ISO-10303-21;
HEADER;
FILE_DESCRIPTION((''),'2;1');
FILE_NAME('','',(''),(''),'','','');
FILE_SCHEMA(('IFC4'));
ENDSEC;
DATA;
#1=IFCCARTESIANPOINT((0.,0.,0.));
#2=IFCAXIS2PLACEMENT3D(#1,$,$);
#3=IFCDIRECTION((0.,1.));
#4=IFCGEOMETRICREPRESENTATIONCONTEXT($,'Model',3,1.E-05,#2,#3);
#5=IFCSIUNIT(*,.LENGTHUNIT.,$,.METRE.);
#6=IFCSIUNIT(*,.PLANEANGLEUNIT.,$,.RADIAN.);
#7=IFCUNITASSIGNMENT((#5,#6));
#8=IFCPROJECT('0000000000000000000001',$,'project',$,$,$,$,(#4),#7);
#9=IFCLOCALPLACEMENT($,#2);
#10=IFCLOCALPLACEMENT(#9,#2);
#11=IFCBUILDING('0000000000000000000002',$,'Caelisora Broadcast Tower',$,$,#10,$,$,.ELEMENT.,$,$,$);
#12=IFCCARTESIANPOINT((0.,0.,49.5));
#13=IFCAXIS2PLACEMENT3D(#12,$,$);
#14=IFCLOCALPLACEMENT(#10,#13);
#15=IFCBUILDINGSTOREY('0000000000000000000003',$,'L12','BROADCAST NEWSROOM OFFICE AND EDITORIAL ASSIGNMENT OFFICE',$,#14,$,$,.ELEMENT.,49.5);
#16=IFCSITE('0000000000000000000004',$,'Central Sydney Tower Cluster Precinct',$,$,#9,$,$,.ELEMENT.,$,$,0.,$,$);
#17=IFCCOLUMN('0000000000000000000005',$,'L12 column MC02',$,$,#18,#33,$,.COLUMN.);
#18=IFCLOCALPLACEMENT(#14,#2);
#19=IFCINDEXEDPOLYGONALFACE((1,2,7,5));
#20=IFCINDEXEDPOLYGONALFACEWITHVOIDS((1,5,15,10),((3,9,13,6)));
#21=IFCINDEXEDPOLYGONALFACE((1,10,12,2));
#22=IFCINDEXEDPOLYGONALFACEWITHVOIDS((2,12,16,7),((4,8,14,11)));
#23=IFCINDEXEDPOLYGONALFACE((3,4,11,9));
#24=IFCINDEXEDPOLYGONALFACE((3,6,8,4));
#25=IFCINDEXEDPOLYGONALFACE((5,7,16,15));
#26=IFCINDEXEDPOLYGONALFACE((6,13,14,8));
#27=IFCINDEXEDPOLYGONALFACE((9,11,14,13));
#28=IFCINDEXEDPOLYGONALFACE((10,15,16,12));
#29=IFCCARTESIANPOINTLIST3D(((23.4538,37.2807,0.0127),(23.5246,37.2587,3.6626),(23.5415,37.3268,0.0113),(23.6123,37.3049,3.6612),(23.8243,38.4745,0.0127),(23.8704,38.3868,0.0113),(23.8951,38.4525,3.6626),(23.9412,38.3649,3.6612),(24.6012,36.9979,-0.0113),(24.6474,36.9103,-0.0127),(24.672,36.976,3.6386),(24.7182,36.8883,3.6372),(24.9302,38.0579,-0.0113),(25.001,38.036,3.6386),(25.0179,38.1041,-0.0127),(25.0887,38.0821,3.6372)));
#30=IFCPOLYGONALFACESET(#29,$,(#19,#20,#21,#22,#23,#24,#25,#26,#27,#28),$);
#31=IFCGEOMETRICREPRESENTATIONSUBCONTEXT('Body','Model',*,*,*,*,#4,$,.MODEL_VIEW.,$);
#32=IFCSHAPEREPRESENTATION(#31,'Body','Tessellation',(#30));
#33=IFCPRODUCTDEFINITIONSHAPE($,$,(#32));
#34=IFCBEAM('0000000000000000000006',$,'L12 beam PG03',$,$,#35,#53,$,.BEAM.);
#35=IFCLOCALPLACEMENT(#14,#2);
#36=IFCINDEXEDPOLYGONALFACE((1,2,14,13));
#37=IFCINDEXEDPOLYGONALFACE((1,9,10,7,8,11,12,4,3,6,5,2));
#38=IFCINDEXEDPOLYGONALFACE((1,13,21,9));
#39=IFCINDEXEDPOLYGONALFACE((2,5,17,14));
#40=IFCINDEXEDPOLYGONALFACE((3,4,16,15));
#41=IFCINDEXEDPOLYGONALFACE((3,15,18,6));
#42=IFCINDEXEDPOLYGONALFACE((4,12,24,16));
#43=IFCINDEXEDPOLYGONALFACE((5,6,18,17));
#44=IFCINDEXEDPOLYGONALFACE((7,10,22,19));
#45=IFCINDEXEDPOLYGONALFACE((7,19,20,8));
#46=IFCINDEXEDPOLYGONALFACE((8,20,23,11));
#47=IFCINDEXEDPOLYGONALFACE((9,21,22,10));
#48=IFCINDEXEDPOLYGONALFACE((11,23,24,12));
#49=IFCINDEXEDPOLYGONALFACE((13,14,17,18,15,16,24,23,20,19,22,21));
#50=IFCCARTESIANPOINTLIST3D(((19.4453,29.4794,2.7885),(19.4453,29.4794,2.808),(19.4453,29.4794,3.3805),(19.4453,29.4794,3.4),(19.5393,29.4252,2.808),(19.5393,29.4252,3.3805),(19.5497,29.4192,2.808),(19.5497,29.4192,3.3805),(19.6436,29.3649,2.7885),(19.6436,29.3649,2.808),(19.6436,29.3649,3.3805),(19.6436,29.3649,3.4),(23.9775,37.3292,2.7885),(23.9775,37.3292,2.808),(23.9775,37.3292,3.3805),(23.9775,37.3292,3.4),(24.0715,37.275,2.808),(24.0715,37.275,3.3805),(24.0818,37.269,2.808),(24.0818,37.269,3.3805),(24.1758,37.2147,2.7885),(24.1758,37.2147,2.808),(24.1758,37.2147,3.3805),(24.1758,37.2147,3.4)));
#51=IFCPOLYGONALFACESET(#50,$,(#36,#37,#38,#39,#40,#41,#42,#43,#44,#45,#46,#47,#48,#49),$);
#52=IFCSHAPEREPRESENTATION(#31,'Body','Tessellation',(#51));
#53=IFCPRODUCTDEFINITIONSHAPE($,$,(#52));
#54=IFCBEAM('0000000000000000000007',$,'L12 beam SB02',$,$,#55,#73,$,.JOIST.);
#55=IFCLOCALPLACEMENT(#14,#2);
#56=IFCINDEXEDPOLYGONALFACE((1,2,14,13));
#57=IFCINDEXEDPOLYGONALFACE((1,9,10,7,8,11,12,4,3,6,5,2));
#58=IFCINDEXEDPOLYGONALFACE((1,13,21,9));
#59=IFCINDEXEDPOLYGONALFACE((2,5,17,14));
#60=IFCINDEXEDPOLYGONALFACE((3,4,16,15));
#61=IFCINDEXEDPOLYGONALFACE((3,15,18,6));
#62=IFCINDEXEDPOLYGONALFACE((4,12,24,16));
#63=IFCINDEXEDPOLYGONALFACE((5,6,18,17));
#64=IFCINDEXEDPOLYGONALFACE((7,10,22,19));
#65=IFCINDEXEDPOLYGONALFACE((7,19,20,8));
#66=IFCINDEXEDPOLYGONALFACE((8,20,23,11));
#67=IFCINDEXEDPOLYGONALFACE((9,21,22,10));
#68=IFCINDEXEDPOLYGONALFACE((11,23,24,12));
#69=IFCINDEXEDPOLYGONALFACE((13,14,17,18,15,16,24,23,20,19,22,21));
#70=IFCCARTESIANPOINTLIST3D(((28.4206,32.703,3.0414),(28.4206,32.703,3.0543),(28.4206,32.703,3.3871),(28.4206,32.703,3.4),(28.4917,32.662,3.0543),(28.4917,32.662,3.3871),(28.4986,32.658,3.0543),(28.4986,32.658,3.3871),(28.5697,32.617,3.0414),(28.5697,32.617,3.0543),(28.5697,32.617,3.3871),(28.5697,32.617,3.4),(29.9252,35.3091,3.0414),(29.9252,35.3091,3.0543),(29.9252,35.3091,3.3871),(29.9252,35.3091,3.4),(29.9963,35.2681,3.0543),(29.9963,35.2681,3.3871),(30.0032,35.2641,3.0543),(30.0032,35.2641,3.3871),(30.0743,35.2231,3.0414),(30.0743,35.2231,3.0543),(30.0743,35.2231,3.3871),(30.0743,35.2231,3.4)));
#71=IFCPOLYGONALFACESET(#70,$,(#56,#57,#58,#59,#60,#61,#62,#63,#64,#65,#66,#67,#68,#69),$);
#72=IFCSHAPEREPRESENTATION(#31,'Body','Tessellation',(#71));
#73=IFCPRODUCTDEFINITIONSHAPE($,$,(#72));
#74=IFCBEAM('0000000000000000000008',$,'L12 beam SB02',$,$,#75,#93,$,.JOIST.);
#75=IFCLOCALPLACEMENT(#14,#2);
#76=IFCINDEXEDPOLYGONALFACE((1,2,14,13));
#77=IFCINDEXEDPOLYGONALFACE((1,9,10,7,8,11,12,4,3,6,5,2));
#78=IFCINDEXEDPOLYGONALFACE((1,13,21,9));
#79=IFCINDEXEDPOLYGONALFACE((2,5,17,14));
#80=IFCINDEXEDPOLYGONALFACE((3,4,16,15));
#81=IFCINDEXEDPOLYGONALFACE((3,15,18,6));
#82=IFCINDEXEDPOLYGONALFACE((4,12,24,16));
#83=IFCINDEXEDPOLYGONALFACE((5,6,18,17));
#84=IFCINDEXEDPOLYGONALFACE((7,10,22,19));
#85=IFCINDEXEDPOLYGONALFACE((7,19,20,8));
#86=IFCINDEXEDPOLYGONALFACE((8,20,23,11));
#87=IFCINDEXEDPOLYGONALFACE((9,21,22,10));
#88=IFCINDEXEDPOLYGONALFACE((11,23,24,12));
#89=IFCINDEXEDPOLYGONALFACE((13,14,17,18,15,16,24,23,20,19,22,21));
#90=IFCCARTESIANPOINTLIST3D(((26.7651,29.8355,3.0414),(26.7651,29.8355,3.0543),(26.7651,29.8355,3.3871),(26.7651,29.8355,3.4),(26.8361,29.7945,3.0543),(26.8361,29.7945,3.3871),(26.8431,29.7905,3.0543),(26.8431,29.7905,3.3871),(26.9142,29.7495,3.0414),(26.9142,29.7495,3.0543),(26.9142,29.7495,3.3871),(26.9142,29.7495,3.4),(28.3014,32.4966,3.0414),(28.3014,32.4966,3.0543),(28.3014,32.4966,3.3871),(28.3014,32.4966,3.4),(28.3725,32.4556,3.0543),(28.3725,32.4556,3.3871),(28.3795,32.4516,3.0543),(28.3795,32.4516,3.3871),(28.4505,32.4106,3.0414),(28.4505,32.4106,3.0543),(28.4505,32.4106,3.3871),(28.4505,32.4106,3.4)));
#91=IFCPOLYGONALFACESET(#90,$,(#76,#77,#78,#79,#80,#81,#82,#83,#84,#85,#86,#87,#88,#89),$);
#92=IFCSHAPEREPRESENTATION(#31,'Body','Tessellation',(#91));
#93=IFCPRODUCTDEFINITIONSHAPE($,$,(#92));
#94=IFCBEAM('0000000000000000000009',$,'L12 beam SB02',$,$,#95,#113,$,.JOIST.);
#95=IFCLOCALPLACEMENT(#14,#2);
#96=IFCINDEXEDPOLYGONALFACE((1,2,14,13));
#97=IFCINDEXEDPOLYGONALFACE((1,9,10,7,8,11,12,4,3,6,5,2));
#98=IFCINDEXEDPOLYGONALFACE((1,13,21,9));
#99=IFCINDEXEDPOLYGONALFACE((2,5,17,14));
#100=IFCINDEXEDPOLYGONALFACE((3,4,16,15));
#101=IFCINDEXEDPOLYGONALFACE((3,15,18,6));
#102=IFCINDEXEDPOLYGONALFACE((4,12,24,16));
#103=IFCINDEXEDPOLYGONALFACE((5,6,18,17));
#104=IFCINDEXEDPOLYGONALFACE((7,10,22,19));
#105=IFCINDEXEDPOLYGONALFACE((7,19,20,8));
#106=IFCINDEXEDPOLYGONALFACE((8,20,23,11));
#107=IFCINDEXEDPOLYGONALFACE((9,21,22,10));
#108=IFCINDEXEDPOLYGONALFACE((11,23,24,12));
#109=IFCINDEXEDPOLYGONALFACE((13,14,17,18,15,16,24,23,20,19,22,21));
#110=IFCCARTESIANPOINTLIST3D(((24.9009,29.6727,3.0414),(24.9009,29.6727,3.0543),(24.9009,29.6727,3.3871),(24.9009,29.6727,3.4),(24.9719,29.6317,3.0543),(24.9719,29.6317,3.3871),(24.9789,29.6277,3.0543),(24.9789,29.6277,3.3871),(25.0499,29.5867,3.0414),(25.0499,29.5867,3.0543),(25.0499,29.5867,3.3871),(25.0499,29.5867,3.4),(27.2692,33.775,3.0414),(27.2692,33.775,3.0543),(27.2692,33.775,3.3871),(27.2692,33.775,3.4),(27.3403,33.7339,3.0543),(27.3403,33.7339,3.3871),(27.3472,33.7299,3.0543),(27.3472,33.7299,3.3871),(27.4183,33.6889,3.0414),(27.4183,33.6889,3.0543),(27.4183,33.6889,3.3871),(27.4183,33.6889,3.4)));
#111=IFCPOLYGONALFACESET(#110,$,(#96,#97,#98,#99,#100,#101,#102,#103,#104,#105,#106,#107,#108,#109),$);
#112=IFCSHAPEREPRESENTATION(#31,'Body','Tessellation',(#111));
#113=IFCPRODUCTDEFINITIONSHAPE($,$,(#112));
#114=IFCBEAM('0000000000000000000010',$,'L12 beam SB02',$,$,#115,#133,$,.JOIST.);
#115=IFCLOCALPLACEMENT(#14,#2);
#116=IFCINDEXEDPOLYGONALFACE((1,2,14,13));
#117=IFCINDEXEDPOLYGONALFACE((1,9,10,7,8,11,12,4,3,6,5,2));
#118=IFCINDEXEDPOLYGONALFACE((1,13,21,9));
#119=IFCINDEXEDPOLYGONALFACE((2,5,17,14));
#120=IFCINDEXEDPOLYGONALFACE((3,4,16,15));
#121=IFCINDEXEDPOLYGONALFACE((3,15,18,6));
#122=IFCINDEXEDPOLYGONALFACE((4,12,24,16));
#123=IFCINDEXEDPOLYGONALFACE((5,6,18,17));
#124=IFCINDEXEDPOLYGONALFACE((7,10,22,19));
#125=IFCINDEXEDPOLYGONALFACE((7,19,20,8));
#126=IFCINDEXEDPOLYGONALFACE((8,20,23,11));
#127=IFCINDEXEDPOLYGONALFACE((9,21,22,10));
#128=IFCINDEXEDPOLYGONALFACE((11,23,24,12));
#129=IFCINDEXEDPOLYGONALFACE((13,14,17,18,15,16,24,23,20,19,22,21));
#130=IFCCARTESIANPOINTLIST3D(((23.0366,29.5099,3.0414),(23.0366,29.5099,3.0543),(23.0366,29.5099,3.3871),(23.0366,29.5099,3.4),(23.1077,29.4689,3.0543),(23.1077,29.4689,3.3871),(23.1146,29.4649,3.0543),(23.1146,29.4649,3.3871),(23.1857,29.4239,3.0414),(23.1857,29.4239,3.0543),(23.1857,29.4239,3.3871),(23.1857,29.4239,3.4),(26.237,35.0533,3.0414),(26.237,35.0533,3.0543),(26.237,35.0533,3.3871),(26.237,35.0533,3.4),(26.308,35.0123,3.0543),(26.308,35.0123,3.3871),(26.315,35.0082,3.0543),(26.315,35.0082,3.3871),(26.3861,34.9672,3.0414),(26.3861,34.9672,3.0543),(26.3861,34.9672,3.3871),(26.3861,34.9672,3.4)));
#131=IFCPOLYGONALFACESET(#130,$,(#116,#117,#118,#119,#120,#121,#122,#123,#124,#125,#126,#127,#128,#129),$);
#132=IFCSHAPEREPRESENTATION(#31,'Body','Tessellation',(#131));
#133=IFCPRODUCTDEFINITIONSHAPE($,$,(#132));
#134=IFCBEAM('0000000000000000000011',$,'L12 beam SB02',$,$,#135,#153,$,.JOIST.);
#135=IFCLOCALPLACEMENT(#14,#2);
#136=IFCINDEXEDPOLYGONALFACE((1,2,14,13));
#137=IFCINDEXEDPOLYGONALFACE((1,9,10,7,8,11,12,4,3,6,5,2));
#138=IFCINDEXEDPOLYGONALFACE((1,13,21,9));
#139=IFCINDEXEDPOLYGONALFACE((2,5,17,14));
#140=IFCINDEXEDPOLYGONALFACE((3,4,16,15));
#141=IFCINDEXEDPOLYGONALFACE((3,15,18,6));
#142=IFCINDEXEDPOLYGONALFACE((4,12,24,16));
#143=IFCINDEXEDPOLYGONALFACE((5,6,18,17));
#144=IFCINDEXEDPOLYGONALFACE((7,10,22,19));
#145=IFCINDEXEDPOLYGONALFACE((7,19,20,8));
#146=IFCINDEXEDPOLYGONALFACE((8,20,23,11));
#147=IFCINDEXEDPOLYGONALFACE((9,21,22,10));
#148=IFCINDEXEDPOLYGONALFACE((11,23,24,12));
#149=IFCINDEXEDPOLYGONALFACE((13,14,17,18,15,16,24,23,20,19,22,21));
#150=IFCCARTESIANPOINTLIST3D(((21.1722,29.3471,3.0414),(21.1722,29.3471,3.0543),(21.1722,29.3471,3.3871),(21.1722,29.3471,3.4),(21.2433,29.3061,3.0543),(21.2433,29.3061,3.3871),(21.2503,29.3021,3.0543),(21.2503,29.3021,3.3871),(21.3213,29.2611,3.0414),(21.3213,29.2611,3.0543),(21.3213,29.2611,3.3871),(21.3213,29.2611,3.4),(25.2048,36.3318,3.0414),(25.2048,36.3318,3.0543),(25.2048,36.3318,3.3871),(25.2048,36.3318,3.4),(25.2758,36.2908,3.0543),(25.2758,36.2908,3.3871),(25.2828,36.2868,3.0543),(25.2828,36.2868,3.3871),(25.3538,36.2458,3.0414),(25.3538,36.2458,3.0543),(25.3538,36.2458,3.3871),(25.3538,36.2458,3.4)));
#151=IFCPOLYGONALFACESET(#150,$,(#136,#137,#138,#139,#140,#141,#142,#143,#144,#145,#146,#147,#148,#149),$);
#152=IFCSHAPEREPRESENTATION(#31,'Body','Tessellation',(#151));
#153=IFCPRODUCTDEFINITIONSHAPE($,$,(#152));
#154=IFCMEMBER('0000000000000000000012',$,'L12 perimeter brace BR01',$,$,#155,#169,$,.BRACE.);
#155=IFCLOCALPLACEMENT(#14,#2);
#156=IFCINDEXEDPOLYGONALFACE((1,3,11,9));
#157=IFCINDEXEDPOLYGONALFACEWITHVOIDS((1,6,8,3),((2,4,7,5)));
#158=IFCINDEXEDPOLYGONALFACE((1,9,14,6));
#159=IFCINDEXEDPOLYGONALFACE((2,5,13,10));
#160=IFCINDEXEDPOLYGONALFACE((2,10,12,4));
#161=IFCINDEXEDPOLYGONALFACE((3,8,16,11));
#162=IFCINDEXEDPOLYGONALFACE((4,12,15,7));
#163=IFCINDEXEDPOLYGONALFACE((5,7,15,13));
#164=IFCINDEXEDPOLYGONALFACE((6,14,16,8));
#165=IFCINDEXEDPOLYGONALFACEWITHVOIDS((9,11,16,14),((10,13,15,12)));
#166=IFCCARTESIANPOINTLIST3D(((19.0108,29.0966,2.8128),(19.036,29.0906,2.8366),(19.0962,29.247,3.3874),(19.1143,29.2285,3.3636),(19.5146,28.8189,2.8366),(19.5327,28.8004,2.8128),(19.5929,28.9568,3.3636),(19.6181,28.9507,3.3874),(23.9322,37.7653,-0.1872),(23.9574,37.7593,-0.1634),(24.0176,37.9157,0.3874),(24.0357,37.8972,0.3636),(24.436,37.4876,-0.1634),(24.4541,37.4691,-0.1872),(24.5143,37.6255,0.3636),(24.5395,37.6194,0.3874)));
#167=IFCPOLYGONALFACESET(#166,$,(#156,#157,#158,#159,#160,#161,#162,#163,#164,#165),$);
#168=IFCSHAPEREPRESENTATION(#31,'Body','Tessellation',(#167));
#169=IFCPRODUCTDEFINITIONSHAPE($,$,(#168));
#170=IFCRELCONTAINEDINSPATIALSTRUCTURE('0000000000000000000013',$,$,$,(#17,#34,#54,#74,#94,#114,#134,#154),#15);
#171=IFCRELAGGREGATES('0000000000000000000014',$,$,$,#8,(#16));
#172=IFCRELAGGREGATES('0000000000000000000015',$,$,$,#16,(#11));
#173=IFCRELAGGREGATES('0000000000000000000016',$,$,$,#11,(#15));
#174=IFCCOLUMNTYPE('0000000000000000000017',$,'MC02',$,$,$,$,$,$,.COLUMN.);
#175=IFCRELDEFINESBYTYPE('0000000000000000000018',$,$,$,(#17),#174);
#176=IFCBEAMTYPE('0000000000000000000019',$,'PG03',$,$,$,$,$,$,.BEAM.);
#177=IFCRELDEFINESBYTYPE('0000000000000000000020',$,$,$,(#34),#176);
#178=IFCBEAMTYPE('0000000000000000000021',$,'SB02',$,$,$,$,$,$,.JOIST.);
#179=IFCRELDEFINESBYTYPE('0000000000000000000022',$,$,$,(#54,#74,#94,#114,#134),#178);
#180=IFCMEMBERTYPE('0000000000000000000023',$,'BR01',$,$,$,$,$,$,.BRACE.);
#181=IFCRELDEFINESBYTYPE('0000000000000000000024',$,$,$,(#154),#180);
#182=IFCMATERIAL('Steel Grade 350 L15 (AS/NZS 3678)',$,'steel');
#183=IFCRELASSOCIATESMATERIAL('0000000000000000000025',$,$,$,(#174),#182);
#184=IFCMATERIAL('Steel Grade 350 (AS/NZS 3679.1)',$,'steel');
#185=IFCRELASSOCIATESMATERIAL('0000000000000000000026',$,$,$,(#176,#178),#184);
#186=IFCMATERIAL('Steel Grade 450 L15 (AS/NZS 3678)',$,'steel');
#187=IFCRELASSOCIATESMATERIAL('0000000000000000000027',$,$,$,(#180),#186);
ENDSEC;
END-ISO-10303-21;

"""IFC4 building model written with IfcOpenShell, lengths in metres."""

from ifc_helpers import new_model, si_unit, direction, frame, origin, origin_2d, place, context, subcontext, project, spatial, hollow_rectangle, i_section, extrude, source, transform, mapped, material, material_profile, profile_set, type_object, type_shapes, element, save


model = new_model("IFC4")

# Units and contexts
model_context = context("Model", 3, precision=1e-05, world=origin(), true_north=direction((0.0, 1.0)))
body_context = subcontext(model_context, "Body", "Model", "MODEL_VIEW")
ifc_project = project(units=[si_unit("LENGTHUNIT", "METRE"), si_unit("PLANEANGLEUNIT", "RADIAN")], contexts=[model_context])

# Site, building, storey
site_placement = place(None, origin())
site = spatial("IfcSite", under=ifc_project, at=site_placement, Name="Central Sydney Tower Cluster Precinct", CompositionType="ELEMENT", RefElevation=0.0)
building_placement = place(site_placement, origin())
building = spatial("IfcBuilding", under=site, at=building_placement, Name="Caelisora Broadcast Tower", CompositionType="ELEMENT")
storey_placement = place(building_placement, frame((0.0, 0.0, 49.5)))
storey = spatial("IfcBuildingStorey", under=building, at=storey_placement, Name="L12", Description="BROADCAST NEWSROOM OFFICE AND EDITORIAL ASSIGNMENT OFFICE", CompositionType="ELEMENT", Elevation=49.5)

# Column
ifc_material_1 = material(Name="Steel Grade 350 L15 (AS/NZS 3678)", Category="steel")
ifc_material_profile_1 = material_profile(ifc_material_1, hollow_rectangle(XDim=1.25, YDim=1.25, WallThickness=0.0701, at=origin_2d()), Name="Steel Grade 350 L15 (AS/NZS 3678)")
ifc_profile_set_1 = profile_set([ifc_material_profile_1], Name="Steel Grade 350 L15 (AS/NZS 3678)")
column_type = type_object("IfcColumnType", Name="MC02", PredefinedType="COLUMN", material=ifc_profile_set_1)
shared_shape_1 = source(origin(), body_context, "Body", "SweptSolid", [
    extrude(hollow_rectangle(XDim=1.25, YDim=1.25, WallThickness=0.0701, at=origin_2d()), origin(), (0.0, 0.0, 1.0), 3.6506),
])
type_shapes(column_type, [shared_shape_1])
column_placement = place(storey_placement, frame((24.2358, 37.6924, 0.0), z_axis=(0.019394, -0.006019, 0.999794), x_axis=(0.296399, 0.955064, 0.0)))
element("IfcColumn", 1, at=column_placement, inside=storey, type_object=column_type, Name="L12 column MC02", PredefinedType="COLUMN", context=body_context, shape_type="MappedRepresentation", body=[
    mapped(shared_shape_1, transform((0.0, 0.0, 0.0), scale=1.0)),
])

# Beams
ifc_material_2 = material(Name="Steel Grade 350 (AS/NZS 3679.1)", Category="steel")
ifc_material_profile_2 = material_profile(ifc_material_2, i_section(OverallWidth=0.229, OverallDepth=0.6116, WebThickness=0.012, FlangeThickness=0.0195, at=origin_2d()), Name="Steel Grade 350 (AS/NZS 3679.1)")
ifc_profile_set_2 = profile_set([ifc_material_profile_2], Name="Steel Grade 350 (AS/NZS 3679.1)")
beam_type_1 = type_object("IfcBeamType", Name="PG03", PredefinedType="BEAM", material=ifc_profile_set_2)
shared_shape_2 = source(origin(), body_context, "Body", "SweptSolid", [
    extrude(i_section(OverallWidth=0.229, OverallDepth=0.6116, WebThickness=0.012, FlangeThickness=0.0195, at=origin_2d()), origin(), (0.0, 0.0, 1.0), 9.0642),
])
type_shapes(beam_type_1, [shared_shape_2])
beam_1_placement = place(storey_placement, frame((24.0767, 37.272, 3.0942), z_axis=(-0.500009, -0.86602, 0.0), x_axis=(0.86602, -0.500009, 0.0)))
element("IfcBeam", 2, at=beam_1_placement, inside=storey, type_object=beam_type_1, Name="L12 beam PG03", PredefinedType="BEAM", context=body_context, shape_type="MappedRepresentation", body=[
    mapped(shared_shape_2, transform((0.0, 0.0, 0.0), scale=1.0)),
])
ifc_material_profile_3 = material_profile(ifc_material_2, i_section(OverallWidth=0.1721, OverallDepth=0.3586, WebThickness=0.0081, FlangeThickness=0.0129, at=origin_2d()), Name="Steel Grade 350 (AS/NZS 3679.1)")
ifc_profile_set_3 = profile_set([ifc_material_profile_3], Name="Steel Grade 350 (AS/NZS 3679.1)")
beam_type_2 = type_object("IfcBeamType", Name="SB02", PredefinedType="JOIST", material=ifc_profile_set_3)
shared_shape_3 = source(origin(), body_context, "Body", "SweptSolid", [
    extrude(i_section(OverallWidth=0.1721, OverallDepth=0.3586, WebThickness=0.0081, FlangeThickness=0.0129, at=origin_2d()), origin(), (0.0, 0.0, 1.0), 3.0093),
])
beam_2_placement = place(storey_placement, frame((29.9998, 35.2661, 3.2207), z_axis=(-0.499987, -0.866033, 0.0), x_axis=(0.866033, -0.499987, 0.0)))
element("IfcBeam", 3, at=beam_2_placement, inside=storey, type_object=beam_type_2, Name="L12 beam SB02", PredefinedType="JOIST", context=body_context, shape_type="MappedRepresentation", body=[
    mapped(shared_shape_3, transform((0.0, 0.0, 0.0), scale=1.0)),
])
shared_shape_4 = source(origin(), body_context, "Body", "SweptSolid", [
    extrude(i_section(OverallWidth=0.1721, OverallDepth=0.3586, WebThickness=0.0081, FlangeThickness=0.0129, at=origin_2d()), origin(), (0.0, 0.0, 1.0), 3.0728),
])
beam_3_placement = place(storey_placement, frame((28.376, 32.4536, 3.2207), z_axis=(-0.499993, -0.866029, 0.0), x_axis=(0.866029, -0.499993, 0.0)))
element("IfcBeam", 4, at=beam_3_placement, inside=storey, type_object=beam_type_2, Name="L12 beam SB02", PredefinedType="JOIST", context=body_context, shape_type="MappedRepresentation", body=[
    mapped(shared_shape_4, transform((0.0, 0.0, 0.0), scale=1.0)),
])
shared_shape_5 = source(origin(), body_context, "Body", "SweptSolid", [
    extrude(i_section(OverallWidth=0.1721, OverallDepth=0.3586, WebThickness=0.0081, FlangeThickness=0.0129, at=origin_2d()), origin(), (0.0, 0.0, 1.0), 4.7368),
])
beam_4_placement = place(storey_placement, frame((27.3438, 33.7319, 3.2207), z_axis=(-0.499992, -0.86603, 0.0), x_axis=(0.86603, -0.499992, 0.0)))
element("IfcBeam", 5, at=beam_4_placement, inside=storey, type_object=beam_type_2, Name="L12 beam SB02", PredefinedType="JOIST", context=body_context, shape_type="MappedRepresentation", body=[
    mapped(shared_shape_5, transform((0.0, 0.0, 0.0), scale=1.0)),
])
shared_shape_6 = source(origin(), body_context, "Body", "SweptSolid", [
    extrude(i_section(OverallWidth=0.1721, OverallDepth=0.3586, WebThickness=0.0081, FlangeThickness=0.0129, at=origin_2d()), origin(), (0.0, 0.0, 1.0), 6.4009),
])
beam_5_placement = place(storey_placement, frame((26.3115, 35.0103, 3.2207), z_axis=(-0.499991, -0.866031, 0.0), x_axis=(0.866031, -0.499991, 0.0)))
element("IfcBeam", 6, at=beam_5_placement, inside=storey, type_object=beam_type_2, Name="L12 beam SB02", PredefinedType="JOIST", context=body_context, shape_type="MappedRepresentation", body=[
    mapped(shared_shape_6, transform((0.0, 0.0, 0.0), scale=1.0)),
])
shared_shape_7 = source(origin(), body_context, "Body", "SweptSolid", [
    extrude(i_section(OverallWidth=0.1721, OverallDepth=0.3586, WebThickness=0.0081, FlangeThickness=0.0129, at=origin_2d()), origin(), (0.0, 0.0, 1.0), 8.0652),
])
type_shapes(beam_type_2, [shared_shape_3, shared_shape_4, shared_shape_5, shared_shape_6, shared_shape_7])
beam_6_placement = place(storey_placement, frame((25.2793, 36.2888, 3.2207), z_axis=(-0.499991, -0.866031, 0.0), x_axis=(0.866031, -0.499991, 0.0)))
element("IfcBeam", 7, at=beam_6_placement, inside=storey, type_object=beam_type_2, Name="L12 beam SB02", PredefinedType="JOIST", context=body_context, shape_type="MappedRepresentation", body=[
    mapped(shared_shape_7, transform((0.0, 0.0, 0.0), scale=1.0)),
])

# Member
ifc_material_3 = material(Name="Steel Grade 450 L15 (AS/NZS 3678)", Category="steel")
ifc_material_profile_4 = material_profile(ifc_material_3, hollow_rectangle(XDim=0.6001, YDim=0.6001, WallThickness=0.0249, at=origin_2d()), Name="Steel Grade 450 L15 (AS/NZS 3678)")
ifc_profile_set_4 = profile_set([ifc_material_profile_4], Name="Steel Grade 450 L15 (AS/NZS 3678)")
member_type_1 = type_object("IfcMemberType", Name="BR01", PredefinedType="BRACE", material=ifc_profile_set_4)
shared_shape_8 = source(origin(), body_context, "Body", "SweptSolid", [
    extrude(hollow_rectangle(XDim=0.6001, YDim=0.6001, WallThickness=0.0249, at=origin_2d()), origin(), (0.0, 0.0, 1.0), 10.4099),
])
type_shapes(member_type_1, [shared_shape_8])
member_1_placement = place(storey_placement, frame((24.2358, 37.6924, 0.1001), z_axis=(-0.472759, -0.832735, 0.288187), x_axis=(0.869629, -0.493705, 0.0)))
element("IfcMember", 8, at=member_1_placement, inside=storey, type_object=member_type_1, Name="L12 perimeter brace BR01", PredefinedType="BRACE", context=body_context, shape_type="MappedRepresentation", body=[
    mapped(shared_shape_8, transform((0.0, 0.0, 0.0), scale=1.0)),
])

save(model, "model.ifc")
